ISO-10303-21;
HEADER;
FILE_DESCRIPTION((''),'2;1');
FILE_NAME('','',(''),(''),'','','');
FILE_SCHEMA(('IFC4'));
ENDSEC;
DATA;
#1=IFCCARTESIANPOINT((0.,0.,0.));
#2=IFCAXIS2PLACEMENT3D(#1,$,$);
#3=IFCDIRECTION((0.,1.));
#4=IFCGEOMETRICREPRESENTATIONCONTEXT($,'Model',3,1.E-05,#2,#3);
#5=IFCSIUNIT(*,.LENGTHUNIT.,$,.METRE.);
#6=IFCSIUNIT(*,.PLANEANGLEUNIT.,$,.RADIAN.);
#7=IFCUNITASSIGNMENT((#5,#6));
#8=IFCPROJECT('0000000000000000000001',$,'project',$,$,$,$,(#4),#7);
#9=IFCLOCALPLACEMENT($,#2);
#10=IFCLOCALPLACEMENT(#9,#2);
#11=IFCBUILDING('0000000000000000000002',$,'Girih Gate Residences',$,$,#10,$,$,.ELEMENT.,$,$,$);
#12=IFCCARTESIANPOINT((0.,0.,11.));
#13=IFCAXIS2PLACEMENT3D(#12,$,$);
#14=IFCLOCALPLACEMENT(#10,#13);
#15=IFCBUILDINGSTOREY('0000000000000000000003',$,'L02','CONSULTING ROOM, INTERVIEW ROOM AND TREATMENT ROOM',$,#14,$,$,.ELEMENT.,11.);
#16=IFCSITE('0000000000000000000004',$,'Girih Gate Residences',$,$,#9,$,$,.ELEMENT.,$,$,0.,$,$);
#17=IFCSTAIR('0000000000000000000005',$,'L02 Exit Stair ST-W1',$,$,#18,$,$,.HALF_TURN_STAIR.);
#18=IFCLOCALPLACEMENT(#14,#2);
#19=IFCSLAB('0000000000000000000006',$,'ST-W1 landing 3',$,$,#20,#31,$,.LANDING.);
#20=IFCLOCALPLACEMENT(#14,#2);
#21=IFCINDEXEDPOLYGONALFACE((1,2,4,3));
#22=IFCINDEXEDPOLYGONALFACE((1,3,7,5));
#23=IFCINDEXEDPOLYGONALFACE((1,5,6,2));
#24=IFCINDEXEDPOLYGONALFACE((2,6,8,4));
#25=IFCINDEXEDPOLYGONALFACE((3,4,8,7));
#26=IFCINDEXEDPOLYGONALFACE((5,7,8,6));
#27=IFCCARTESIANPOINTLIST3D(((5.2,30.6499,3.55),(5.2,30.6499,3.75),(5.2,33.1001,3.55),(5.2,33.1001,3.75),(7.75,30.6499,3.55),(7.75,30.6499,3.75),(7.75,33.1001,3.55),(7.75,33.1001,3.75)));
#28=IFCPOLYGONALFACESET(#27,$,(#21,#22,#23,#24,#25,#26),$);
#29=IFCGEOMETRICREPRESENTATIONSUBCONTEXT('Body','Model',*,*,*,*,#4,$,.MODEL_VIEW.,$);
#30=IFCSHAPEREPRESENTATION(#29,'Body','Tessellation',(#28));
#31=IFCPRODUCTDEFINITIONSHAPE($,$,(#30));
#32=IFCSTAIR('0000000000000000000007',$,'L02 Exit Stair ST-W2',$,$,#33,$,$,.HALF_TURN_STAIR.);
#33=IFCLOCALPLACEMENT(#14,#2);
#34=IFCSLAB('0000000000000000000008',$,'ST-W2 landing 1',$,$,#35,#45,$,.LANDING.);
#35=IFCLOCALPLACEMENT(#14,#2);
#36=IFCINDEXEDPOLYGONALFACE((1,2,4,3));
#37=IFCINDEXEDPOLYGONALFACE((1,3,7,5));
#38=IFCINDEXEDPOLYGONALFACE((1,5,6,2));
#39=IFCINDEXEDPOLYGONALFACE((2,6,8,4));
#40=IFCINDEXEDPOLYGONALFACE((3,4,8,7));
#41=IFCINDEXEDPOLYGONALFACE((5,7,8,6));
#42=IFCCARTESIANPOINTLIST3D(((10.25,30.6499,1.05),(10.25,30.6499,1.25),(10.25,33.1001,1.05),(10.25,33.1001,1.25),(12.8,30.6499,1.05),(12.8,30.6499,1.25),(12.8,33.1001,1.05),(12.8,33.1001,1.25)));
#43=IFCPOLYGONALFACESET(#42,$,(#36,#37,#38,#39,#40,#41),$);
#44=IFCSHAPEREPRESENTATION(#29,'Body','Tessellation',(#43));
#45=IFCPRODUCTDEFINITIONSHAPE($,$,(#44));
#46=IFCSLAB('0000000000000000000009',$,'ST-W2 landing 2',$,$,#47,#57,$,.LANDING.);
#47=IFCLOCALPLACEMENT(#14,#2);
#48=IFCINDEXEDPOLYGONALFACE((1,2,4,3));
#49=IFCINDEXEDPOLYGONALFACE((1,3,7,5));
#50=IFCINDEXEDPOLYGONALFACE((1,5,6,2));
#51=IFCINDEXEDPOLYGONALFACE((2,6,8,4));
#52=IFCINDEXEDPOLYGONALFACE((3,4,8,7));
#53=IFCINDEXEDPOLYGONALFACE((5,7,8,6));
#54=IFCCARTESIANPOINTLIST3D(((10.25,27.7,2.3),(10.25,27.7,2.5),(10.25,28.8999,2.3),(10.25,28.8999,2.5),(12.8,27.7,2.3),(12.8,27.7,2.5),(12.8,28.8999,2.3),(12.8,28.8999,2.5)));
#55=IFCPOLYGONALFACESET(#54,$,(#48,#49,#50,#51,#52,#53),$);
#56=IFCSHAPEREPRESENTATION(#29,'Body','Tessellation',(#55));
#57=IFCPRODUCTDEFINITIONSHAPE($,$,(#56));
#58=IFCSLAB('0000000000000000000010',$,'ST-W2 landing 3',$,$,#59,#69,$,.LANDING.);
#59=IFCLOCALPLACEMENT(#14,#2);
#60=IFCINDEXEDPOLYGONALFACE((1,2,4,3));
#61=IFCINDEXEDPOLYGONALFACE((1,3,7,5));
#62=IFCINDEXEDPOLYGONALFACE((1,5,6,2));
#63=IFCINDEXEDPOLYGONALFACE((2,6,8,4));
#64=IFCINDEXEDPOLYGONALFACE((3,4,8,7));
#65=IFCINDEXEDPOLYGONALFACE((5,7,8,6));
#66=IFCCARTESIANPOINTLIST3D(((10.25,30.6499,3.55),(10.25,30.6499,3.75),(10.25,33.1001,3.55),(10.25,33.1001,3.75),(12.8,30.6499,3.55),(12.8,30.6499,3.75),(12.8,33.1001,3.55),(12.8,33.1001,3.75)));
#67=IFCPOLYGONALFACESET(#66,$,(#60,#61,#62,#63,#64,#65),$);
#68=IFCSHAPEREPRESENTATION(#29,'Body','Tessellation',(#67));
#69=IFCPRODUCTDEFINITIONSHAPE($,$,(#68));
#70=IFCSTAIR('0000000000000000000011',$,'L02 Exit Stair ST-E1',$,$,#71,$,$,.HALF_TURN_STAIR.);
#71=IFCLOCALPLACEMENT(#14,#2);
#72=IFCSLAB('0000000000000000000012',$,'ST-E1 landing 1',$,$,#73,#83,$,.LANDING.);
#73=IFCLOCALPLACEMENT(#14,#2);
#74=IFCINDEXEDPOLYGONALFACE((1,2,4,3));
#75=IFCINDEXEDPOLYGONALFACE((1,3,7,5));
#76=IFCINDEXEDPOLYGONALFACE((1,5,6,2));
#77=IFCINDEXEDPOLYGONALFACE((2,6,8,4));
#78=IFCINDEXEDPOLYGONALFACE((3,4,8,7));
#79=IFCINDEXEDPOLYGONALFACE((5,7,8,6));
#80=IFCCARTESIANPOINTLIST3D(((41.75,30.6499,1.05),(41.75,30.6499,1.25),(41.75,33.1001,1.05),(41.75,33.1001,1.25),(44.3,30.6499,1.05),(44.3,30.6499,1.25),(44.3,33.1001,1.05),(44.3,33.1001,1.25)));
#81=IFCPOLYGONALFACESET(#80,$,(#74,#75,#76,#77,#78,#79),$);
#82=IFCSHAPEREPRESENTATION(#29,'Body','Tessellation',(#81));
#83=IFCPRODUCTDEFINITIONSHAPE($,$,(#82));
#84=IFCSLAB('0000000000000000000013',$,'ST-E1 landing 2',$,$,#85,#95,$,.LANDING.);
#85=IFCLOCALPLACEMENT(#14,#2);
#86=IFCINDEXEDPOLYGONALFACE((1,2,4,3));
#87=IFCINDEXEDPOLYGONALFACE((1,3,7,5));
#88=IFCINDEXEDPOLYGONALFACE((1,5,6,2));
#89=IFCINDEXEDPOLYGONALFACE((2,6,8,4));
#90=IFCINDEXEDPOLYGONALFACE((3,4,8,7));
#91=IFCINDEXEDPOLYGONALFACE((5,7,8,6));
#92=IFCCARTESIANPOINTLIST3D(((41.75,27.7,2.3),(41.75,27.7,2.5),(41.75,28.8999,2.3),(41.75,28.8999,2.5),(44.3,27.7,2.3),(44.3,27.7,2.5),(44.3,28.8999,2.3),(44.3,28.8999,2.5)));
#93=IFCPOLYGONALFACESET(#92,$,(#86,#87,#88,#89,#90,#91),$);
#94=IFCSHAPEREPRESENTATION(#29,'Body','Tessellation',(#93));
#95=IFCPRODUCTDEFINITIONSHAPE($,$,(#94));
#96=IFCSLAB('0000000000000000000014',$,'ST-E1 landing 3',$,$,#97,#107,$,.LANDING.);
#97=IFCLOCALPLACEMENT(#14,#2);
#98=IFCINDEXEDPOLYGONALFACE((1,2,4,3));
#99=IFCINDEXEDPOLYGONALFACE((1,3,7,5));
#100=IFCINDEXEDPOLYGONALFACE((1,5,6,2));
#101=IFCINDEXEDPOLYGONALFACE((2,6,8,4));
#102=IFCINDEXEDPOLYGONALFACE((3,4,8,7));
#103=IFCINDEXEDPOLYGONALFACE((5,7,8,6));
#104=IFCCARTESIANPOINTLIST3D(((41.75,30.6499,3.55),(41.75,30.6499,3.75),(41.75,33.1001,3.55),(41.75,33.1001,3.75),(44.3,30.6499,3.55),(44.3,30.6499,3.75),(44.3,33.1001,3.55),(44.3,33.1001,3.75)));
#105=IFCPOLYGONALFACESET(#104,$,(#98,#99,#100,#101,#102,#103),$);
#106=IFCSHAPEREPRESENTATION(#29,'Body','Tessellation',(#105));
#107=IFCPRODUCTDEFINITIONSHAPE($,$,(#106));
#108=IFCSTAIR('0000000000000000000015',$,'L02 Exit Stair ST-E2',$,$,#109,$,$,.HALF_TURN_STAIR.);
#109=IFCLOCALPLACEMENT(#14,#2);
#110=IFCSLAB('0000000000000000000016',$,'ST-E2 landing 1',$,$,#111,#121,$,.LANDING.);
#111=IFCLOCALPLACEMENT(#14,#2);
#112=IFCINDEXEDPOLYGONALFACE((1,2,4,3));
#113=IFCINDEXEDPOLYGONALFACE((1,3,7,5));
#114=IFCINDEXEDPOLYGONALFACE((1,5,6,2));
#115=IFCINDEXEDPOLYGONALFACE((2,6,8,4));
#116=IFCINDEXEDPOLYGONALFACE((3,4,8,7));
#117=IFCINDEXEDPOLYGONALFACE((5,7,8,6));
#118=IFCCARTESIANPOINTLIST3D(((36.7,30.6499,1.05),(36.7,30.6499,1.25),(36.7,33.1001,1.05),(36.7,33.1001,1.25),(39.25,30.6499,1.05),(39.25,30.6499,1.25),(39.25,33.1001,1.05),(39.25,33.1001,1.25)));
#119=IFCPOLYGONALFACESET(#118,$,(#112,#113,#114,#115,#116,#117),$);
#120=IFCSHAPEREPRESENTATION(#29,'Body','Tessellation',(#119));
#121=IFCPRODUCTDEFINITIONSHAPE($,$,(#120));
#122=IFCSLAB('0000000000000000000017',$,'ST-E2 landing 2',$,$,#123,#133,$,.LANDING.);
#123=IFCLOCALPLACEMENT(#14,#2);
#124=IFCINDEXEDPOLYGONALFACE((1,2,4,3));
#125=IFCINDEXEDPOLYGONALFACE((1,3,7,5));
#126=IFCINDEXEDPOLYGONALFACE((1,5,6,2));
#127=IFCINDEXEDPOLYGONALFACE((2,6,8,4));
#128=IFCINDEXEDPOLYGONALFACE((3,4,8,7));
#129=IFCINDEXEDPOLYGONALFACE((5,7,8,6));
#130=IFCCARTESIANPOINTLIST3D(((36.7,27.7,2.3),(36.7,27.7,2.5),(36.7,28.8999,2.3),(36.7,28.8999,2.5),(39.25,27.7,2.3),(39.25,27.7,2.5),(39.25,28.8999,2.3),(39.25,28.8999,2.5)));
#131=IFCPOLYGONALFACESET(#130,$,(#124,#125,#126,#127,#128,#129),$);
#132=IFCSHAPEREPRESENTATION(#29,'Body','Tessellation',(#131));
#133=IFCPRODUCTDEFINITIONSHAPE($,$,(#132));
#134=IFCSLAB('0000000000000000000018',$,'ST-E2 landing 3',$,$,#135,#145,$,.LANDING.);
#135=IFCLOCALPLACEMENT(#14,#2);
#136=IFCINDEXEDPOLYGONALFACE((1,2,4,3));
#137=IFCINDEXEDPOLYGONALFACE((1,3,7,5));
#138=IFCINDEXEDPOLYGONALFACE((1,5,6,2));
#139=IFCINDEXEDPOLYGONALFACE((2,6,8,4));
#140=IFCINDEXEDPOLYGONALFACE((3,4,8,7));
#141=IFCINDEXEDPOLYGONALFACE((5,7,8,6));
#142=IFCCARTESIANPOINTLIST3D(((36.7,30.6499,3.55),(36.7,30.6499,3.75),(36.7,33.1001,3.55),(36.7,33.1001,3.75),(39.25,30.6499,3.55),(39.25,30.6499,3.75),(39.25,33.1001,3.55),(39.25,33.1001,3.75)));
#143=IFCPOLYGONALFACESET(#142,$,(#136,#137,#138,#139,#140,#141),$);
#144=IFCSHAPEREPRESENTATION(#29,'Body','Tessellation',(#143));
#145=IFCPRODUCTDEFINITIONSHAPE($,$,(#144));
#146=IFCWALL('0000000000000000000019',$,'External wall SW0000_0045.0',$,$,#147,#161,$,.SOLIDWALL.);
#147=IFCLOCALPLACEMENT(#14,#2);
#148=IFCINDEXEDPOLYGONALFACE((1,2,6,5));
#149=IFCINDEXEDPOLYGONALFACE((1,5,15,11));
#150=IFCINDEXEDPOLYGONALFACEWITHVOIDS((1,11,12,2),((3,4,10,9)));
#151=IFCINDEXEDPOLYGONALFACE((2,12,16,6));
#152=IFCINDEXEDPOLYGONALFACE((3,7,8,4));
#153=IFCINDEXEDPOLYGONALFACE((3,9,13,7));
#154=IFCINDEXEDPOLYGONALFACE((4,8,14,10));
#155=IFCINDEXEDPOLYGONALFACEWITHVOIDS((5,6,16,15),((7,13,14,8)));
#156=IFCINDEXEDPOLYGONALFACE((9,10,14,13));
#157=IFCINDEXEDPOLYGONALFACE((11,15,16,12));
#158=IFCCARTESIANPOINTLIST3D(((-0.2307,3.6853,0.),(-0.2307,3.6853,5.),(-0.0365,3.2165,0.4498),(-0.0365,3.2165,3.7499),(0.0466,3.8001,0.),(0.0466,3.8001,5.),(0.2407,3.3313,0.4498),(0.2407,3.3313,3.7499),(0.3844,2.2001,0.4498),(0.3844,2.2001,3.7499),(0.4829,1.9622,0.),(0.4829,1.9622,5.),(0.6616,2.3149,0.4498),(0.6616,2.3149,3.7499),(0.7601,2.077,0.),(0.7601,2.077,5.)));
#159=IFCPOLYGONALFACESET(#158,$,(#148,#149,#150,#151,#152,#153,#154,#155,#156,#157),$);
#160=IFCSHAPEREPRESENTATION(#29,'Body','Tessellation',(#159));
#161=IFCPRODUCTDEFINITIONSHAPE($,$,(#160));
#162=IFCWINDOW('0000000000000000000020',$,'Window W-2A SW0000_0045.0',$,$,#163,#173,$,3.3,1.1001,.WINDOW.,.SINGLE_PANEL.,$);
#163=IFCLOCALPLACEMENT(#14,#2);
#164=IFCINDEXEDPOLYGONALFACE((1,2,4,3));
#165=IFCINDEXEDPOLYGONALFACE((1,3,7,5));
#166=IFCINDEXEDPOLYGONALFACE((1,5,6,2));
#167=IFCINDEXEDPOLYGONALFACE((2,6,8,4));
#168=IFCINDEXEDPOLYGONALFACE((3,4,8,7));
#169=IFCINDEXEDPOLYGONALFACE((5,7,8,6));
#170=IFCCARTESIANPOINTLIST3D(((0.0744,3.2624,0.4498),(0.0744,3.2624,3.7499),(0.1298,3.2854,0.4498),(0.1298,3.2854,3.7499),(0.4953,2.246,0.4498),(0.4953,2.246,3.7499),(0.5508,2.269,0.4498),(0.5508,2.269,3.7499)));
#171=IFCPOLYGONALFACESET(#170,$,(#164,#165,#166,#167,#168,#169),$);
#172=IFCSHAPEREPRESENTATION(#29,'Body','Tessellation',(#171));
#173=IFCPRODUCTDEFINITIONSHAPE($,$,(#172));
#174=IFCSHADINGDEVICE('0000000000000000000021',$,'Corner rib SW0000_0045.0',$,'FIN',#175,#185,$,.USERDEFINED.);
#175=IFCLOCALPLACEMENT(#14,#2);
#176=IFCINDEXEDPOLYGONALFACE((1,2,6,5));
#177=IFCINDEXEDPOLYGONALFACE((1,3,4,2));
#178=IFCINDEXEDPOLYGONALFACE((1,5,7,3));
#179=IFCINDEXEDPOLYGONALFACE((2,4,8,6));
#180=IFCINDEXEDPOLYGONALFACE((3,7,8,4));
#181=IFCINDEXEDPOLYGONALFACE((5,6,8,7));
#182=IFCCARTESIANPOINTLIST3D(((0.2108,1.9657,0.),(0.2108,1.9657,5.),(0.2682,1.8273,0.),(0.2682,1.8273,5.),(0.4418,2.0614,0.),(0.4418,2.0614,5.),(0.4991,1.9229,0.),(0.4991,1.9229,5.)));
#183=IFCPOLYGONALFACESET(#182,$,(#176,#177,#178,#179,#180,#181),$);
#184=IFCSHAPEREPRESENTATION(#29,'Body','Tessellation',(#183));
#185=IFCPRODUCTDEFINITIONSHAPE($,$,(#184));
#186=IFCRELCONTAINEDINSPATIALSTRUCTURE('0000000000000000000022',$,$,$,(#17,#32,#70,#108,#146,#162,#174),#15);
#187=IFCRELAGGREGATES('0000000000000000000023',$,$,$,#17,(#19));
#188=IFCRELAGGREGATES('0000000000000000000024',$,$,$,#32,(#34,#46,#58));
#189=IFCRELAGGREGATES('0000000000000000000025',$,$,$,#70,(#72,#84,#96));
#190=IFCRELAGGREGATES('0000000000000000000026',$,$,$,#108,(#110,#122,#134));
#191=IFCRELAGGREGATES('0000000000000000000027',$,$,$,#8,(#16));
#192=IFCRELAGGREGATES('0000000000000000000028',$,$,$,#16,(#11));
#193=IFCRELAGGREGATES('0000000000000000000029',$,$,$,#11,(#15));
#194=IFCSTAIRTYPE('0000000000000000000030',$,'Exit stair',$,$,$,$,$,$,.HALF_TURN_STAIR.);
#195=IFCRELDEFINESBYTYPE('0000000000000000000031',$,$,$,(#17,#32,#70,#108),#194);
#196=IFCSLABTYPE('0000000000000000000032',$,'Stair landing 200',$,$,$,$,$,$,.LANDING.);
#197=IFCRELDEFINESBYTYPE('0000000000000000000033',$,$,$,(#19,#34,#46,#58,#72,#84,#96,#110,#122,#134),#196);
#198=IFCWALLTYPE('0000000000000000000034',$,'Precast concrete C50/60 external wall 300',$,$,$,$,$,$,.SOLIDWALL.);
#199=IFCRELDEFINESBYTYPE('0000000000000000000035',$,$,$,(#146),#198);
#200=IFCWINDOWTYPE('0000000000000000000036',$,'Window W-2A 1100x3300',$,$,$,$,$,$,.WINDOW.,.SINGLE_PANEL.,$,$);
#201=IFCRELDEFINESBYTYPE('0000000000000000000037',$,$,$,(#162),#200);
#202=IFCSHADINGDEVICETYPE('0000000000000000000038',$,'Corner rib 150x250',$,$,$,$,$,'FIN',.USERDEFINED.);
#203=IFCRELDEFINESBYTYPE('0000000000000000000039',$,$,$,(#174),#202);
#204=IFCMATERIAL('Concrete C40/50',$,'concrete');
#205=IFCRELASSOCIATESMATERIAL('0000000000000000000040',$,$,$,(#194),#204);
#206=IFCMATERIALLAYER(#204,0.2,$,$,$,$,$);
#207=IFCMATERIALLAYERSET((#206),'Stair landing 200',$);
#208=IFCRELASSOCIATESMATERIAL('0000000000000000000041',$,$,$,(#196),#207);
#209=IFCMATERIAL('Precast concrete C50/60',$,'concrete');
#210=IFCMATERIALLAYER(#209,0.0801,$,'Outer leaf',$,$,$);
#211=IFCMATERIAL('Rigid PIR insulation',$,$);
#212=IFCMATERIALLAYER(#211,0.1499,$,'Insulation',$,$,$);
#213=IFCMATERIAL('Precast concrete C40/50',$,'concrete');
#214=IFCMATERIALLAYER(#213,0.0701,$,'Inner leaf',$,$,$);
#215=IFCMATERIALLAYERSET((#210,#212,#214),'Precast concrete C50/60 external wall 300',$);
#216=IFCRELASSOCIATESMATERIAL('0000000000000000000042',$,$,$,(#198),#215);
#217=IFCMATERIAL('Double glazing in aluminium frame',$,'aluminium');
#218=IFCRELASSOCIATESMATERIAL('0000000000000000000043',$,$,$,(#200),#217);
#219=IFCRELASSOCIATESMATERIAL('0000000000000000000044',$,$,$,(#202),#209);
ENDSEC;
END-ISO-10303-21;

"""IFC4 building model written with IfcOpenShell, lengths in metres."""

from ifc_helpers import new_model, si_unit, direction, frame, frame_2d, origin, origin_2d, place, context, subcontext, project, spatial, polyline, rectangle, outline, extrude, material, layer, layer_set, type_object, element, fill, aggregate, save


model = new_model("IFC4")

# Units and contexts
model_context = context("Model", 3, precision=1e-05, world=origin(), true_north=direction((0.0, 1.0)))
body_context = subcontext(model_context, "Body", "Model", "MODEL_VIEW")
ifc_project = project(units=[si_unit("LENGTHUNIT", "METRE"), si_unit("PLANEANGLEUNIT", "RADIAN")], contexts=[model_context])

# Site, building, storey
site_placement = place(None, origin())
site = spatial("IfcSite", under=ifc_project, at=site_placement, Name="Girih Gate Residences", CompositionType="ELEMENT", RefElevation=0.0)
building_placement = place(site_placement, origin())
building = spatial("IfcBuilding", under=site, at=building_placement, Name="Girih Gate Residences", CompositionType="ELEMENT")
storey_placement = place(building_placement, frame((0.0, 0.0, 11.0)))
storey = spatial("IfcBuildingStorey", under=building, at=storey_placement, Name="L02", Description="CONSULTING ROOM, INTERVIEW ROOM AND TREATMENT ROOM", CompositionType="ELEMENT", Elevation=11.0)

# Shared definitions
ifc_material_1 = material(Name="Concrete C40/50", Category="concrete")

# Stairs, slabs
stair_type_1 = type_object("IfcStairType", Name="Exit stair", PredefinedType="HALF_TURN_STAIR", material=ifc_material_1)
stair_1_placement = place(storey_placement, origin())
stair_1 = element("IfcStair", 1, at=stair_1_placement, inside=storey, type_object=stair_type_1, Name="L02 Exit Stair ST-W1", PredefinedType="HALF_TURN_STAIR")
ifc_layer_1 = layer(ifc_material_1, 0.2)
ifc_layer_set_1 = layer_set([ifc_layer_1], Name="Stair landing 200")
slab_type_1 = type_object("IfcSlabType", Name="Stair landing 200", PredefinedType="LANDING", material=ifc_layer_set_1)
slab_1_placement = place(storey_placement, frame((0.0, 0.0, 3.55)))
slab_1 = element("IfcSlab", 2, at=slab_1_placement, type_object=slab_type_1, Name="ST-W1 landing 3", PredefinedType="LANDING", context=body_context, shape_type="SweptSolid", body=[
    extrude(outline(polyline([(7.75, 30.6499), (7.75, 33.1001), (5.2, 33.1001), (5.2, 30.6499), (7.75, 30.6499)])), origin(), (0.0, 0.0, 1.0), 0.2),
])
aggregate(stair_1, [slab_1])
stair_2_placement = place(storey_placement, origin())
stair_2 = element("IfcStair", 3, at=stair_2_placement, inside=storey, type_object=stair_type_1, Name="L02 Exit Stair ST-W2", PredefinedType="HALF_TURN_STAIR")
slab_2_placement = place(storey_placement, frame((0.0, 0.0, 1.05)))
slab_2 = element("IfcSlab", 4, at=slab_2_placement, type_object=slab_type_1, Name="ST-W2 landing 1", PredefinedType="LANDING", context=body_context, shape_type="SweptSolid", body=[
    extrude(outline(polyline([(12.8, 30.6499), (12.8, 33.1001), (10.25, 33.1001), (10.25, 30.6499), (12.8, 30.6499)])), origin(), (0.0, 0.0, 1.0), 0.2),
])
slab_3_placement = place(storey_placement, frame((0.0, 0.0, 2.3)))
slab_3 = element("IfcSlab", 5, at=slab_3_placement, type_object=slab_type_1, Name="ST-W2 landing 2", PredefinedType="LANDING", context=body_context, shape_type="SweptSolid", body=[
    extrude(outline(polyline([(12.8, 27.7), (12.8, 28.8999), (10.25, 28.8999), (10.25, 27.7), (12.8, 27.7)])), origin(), (0.0, 0.0, 1.0), 0.2),
])
slab_4_placement = place(storey_placement, frame((0.0, 0.0, 3.55)))
slab_4 = element("IfcSlab", 6, at=slab_4_placement, type_object=slab_type_1, Name="ST-W2 landing 3", PredefinedType="LANDING", context=body_context, shape_type="SweptSolid", body=[
    extrude(outline(polyline([(12.8, 30.6499), (12.8, 33.1001), (10.25, 33.1001), (10.25, 30.6499), (12.8, 30.6499)])), origin(), (0.0, 0.0, 1.0), 0.2),
])
aggregate(stair_2, [slab_2, slab_3, slab_4])
stair_3_placement = place(storey_placement, origin())
stair_3 = element("IfcStair", 7, at=stair_3_placement, inside=storey, type_object=stair_type_1, Name="L02 Exit Stair ST-E1", PredefinedType="HALF_TURN_STAIR")
slab_5_placement = place(storey_placement, frame((0.0, 0.0, 1.05)))
slab_5 = element("IfcSlab", 8, at=slab_5_placement, type_object=slab_type_1, Name="ST-E1 landing 1", PredefinedType="LANDING", context=body_context, shape_type="SweptSolid", body=[
    extrude(outline(polyline([(44.3, 30.6499), (44.3, 33.1001), (41.75, 33.1001), (41.75, 30.6499), (44.3, 30.6499)])), origin(), (0.0, 0.0, 1.0), 0.2),
])
slab_6_placement = place(storey_placement, frame((0.0, 0.0, 2.3)))
slab_6 = element("IfcSlab", 9, at=slab_6_placement, type_object=slab_type_1, Name="ST-E1 landing 2", PredefinedType="LANDING", context=body_context, shape_type="SweptSolid", body=[
    extrude(outline(polyline([(44.3, 27.7), (44.3, 28.8999), (41.75, 28.8999), (41.75, 27.7), (44.3, 27.7)])), origin(), (0.0, 0.0, 1.0), 0.2),
])
slab_7_placement = place(storey_placement, frame((0.0, 0.0, 3.55)))
slab_7 = element("IfcSlab", 10, at=slab_7_placement, type_object=slab_type_1, Name="ST-E1 landing 3", PredefinedType="LANDING", context=body_context, shape_type="SweptSolid", body=[
    extrude(outline(polyline([(44.3, 30.6499), (44.3, 33.1001), (41.75, 33.1001), (41.75, 30.6499), (44.3, 30.6499)])), origin(), (0.0, 0.0, 1.0), 0.2),
])
aggregate(stair_3, [slab_5, slab_6, slab_7])
stair_4_placement = place(storey_placement, origin())
stair_4 = element("IfcStair", 11, at=stair_4_placement, inside=storey, type_object=stair_type_1, Name="L02 Exit Stair ST-E2", PredefinedType="HALF_TURN_STAIR")
slab_8_placement = place(storey_placement, frame((0.0, 0.0, 1.05)))
slab_8 = element("IfcSlab", 12, at=slab_8_placement, type_object=slab_type_1, Name="ST-E2 landing 1", PredefinedType="LANDING", context=body_context, shape_type="SweptSolid", body=[
    extrude(outline(polyline([(39.25, 30.6499), (39.25, 33.1001), (36.7, 33.1001), (36.7, 30.6499), (39.25, 30.6499)])), origin(), (0.0, 0.0, 1.0), 0.2),
])
slab_9_placement = place(storey_placement, frame((0.0, 0.0, 2.3)))
slab_9 = element("IfcSlab", 13, at=slab_9_placement, type_object=slab_type_1, Name="ST-E2 landing 2", PredefinedType="LANDING", context=body_context, shape_type="SweptSolid", body=[
    extrude(outline(polyline([(39.25, 27.7), (39.25, 28.8999), (36.7, 28.8999), (36.7, 27.7), (39.25, 27.7)])), origin(), (0.0, 0.0, 1.0), 0.2),
])
slab_10_placement = place(storey_placement, frame((0.0, 0.0, 3.55)))
slab_10 = element("IfcSlab", 14, at=slab_10_placement, type_object=slab_type_1, Name="ST-E2 landing 3", PredefinedType="LANDING", context=body_context, shape_type="SweptSolid", body=[
    extrude(outline(polyline([(39.25, 30.6499), (39.25, 33.1001), (36.7, 33.1001), (36.7, 30.6499), (39.25, 30.6499)])), origin(), (0.0, 0.0, 1.0), 0.2),
])
aggregate(stair_4, [slab_8, slab_9, slab_10])

# Wall, opening, window
ifc_material_2 = material(Name="Precast concrete C50/60", Category="concrete")
ifc_layer_2 = layer(ifc_material_2, 0.0801, Name="Outer leaf")
ifc_material_3 = material(Name="Rigid PIR insulation")
ifc_layer_3 = layer(ifc_material_3, 0.1499, Name="Insulation")
ifc_material_4 = material(Name="Precast concrete C40/50", Category="concrete")
ifc_layer_4 = layer(ifc_material_4, 0.0701, Name="Inner leaf")
ifc_layer_set_2 = layer_set([ifc_layer_2, ifc_layer_3, ifc_layer_4], Name="Precast concrete C50/60 external wall 300")
wall_type = type_object("IfcWallType", Name="Precast concrete C50/60 external wall 300", PredefinedType="SOLIDWALL", material=ifc_layer_set_2)
wall_placement = place(storey_placement, frame((0.6216, 2.0195, 0.0), z_axis=(0.0, 0.0, 1.0), x_axis=(-0.382625, 0.923904, 0.0)))
wall = element("IfcWall", 15, at=wall_placement, inside=storey, type_object=wall_type, Name="External wall SW0000_0045.0", PredefinedType="SOLIDWALL", context=body_context, shape_type="SweptSolid", body=[
    extrude(rectangle(XDim=1.865, YDim=0.3, at=frame_2d((0.9326, 0.0))), origin(), (0.0, 0.0, 1.0), 5.0),
])
opening_placement = place(wall_placement, frame((0.2576, 0.0, 0.45)))
opening = element("IfcOpeningElement", 16, at=opening_placement, cuts=wall, PredefinedType="OPENING", context=body_context, shape_type="SweptSolid", body=[
    extrude(rectangle(XDim=1.1001, YDim=3.3, at=frame_2d((0.55, 1.6499))), frame((0.0, 0.1599, 0.0), z_axis=(0.0, -1.0, 0.0), x_axis=(1.0, 0.0, 0.0)), (0.0, 0.0, 1.0), 0.3201),
])
ifc_material_5 = material(Name="Double glazing in aluminium frame", Category="aluminium")
window_type = type_object("IfcWindowType", Name="Window W-2A 1100x3300", PartitioningType="SINGLE_PANEL", PredefinedType="WINDOW", material=ifc_material_5)
window_placement = place(opening_placement, origin())
window = element("IfcWindow", 17, at=window_placement, inside=storey, type_object=window_type, Name="Window W-2A SW0000_0045.0", OverallHeight=3.3, OverallWidth=1.1001, PartitioningType="SINGLE_PANEL", PredefinedType="WINDOW", context=body_context, shape_type="SweptSolid", body=[
    extrude(rectangle(XDim=1.1001, YDim=3.3, at=frame_2d((0.55, 1.6499))), frame((0.0, 0.03, 0.0), z_axis=(0.0, -1.0, 0.0), x_axis=(1.0, 0.0, 0.0)), (0.0, 0.0, 1.0), 0.0601),
])
fill(opening, window)

# Shading device
shading_device_type = type_object("IfcShadingDeviceType", Name="Corner rib 150x250", ElementType="FIN", PredefinedType="USERDEFINED", material=ifc_material_2)
shading_device_placement = place(storey_placement, frame((0.355, 1.9443, 0.0), z_axis=(0.0, 0.0, 1.0), x_axis=(0.382683, -0.92388, 0.0)))
element("IfcShadingDevice", 18, at=shading_device_placement, inside=storey, type_object=shading_device_type, Name="Corner rib SW0000_0045.0", ObjectType="FIN", PredefinedType="USERDEFINED", context=body_context, shape_type="SweptSolid", body=[
    extrude(rectangle(XDim=0.1499, YDim=0.25, at=origin_2d()), origin(), (0.0, 0.0, 1.0), 5.0),
])

save(model, "model.ifc")
